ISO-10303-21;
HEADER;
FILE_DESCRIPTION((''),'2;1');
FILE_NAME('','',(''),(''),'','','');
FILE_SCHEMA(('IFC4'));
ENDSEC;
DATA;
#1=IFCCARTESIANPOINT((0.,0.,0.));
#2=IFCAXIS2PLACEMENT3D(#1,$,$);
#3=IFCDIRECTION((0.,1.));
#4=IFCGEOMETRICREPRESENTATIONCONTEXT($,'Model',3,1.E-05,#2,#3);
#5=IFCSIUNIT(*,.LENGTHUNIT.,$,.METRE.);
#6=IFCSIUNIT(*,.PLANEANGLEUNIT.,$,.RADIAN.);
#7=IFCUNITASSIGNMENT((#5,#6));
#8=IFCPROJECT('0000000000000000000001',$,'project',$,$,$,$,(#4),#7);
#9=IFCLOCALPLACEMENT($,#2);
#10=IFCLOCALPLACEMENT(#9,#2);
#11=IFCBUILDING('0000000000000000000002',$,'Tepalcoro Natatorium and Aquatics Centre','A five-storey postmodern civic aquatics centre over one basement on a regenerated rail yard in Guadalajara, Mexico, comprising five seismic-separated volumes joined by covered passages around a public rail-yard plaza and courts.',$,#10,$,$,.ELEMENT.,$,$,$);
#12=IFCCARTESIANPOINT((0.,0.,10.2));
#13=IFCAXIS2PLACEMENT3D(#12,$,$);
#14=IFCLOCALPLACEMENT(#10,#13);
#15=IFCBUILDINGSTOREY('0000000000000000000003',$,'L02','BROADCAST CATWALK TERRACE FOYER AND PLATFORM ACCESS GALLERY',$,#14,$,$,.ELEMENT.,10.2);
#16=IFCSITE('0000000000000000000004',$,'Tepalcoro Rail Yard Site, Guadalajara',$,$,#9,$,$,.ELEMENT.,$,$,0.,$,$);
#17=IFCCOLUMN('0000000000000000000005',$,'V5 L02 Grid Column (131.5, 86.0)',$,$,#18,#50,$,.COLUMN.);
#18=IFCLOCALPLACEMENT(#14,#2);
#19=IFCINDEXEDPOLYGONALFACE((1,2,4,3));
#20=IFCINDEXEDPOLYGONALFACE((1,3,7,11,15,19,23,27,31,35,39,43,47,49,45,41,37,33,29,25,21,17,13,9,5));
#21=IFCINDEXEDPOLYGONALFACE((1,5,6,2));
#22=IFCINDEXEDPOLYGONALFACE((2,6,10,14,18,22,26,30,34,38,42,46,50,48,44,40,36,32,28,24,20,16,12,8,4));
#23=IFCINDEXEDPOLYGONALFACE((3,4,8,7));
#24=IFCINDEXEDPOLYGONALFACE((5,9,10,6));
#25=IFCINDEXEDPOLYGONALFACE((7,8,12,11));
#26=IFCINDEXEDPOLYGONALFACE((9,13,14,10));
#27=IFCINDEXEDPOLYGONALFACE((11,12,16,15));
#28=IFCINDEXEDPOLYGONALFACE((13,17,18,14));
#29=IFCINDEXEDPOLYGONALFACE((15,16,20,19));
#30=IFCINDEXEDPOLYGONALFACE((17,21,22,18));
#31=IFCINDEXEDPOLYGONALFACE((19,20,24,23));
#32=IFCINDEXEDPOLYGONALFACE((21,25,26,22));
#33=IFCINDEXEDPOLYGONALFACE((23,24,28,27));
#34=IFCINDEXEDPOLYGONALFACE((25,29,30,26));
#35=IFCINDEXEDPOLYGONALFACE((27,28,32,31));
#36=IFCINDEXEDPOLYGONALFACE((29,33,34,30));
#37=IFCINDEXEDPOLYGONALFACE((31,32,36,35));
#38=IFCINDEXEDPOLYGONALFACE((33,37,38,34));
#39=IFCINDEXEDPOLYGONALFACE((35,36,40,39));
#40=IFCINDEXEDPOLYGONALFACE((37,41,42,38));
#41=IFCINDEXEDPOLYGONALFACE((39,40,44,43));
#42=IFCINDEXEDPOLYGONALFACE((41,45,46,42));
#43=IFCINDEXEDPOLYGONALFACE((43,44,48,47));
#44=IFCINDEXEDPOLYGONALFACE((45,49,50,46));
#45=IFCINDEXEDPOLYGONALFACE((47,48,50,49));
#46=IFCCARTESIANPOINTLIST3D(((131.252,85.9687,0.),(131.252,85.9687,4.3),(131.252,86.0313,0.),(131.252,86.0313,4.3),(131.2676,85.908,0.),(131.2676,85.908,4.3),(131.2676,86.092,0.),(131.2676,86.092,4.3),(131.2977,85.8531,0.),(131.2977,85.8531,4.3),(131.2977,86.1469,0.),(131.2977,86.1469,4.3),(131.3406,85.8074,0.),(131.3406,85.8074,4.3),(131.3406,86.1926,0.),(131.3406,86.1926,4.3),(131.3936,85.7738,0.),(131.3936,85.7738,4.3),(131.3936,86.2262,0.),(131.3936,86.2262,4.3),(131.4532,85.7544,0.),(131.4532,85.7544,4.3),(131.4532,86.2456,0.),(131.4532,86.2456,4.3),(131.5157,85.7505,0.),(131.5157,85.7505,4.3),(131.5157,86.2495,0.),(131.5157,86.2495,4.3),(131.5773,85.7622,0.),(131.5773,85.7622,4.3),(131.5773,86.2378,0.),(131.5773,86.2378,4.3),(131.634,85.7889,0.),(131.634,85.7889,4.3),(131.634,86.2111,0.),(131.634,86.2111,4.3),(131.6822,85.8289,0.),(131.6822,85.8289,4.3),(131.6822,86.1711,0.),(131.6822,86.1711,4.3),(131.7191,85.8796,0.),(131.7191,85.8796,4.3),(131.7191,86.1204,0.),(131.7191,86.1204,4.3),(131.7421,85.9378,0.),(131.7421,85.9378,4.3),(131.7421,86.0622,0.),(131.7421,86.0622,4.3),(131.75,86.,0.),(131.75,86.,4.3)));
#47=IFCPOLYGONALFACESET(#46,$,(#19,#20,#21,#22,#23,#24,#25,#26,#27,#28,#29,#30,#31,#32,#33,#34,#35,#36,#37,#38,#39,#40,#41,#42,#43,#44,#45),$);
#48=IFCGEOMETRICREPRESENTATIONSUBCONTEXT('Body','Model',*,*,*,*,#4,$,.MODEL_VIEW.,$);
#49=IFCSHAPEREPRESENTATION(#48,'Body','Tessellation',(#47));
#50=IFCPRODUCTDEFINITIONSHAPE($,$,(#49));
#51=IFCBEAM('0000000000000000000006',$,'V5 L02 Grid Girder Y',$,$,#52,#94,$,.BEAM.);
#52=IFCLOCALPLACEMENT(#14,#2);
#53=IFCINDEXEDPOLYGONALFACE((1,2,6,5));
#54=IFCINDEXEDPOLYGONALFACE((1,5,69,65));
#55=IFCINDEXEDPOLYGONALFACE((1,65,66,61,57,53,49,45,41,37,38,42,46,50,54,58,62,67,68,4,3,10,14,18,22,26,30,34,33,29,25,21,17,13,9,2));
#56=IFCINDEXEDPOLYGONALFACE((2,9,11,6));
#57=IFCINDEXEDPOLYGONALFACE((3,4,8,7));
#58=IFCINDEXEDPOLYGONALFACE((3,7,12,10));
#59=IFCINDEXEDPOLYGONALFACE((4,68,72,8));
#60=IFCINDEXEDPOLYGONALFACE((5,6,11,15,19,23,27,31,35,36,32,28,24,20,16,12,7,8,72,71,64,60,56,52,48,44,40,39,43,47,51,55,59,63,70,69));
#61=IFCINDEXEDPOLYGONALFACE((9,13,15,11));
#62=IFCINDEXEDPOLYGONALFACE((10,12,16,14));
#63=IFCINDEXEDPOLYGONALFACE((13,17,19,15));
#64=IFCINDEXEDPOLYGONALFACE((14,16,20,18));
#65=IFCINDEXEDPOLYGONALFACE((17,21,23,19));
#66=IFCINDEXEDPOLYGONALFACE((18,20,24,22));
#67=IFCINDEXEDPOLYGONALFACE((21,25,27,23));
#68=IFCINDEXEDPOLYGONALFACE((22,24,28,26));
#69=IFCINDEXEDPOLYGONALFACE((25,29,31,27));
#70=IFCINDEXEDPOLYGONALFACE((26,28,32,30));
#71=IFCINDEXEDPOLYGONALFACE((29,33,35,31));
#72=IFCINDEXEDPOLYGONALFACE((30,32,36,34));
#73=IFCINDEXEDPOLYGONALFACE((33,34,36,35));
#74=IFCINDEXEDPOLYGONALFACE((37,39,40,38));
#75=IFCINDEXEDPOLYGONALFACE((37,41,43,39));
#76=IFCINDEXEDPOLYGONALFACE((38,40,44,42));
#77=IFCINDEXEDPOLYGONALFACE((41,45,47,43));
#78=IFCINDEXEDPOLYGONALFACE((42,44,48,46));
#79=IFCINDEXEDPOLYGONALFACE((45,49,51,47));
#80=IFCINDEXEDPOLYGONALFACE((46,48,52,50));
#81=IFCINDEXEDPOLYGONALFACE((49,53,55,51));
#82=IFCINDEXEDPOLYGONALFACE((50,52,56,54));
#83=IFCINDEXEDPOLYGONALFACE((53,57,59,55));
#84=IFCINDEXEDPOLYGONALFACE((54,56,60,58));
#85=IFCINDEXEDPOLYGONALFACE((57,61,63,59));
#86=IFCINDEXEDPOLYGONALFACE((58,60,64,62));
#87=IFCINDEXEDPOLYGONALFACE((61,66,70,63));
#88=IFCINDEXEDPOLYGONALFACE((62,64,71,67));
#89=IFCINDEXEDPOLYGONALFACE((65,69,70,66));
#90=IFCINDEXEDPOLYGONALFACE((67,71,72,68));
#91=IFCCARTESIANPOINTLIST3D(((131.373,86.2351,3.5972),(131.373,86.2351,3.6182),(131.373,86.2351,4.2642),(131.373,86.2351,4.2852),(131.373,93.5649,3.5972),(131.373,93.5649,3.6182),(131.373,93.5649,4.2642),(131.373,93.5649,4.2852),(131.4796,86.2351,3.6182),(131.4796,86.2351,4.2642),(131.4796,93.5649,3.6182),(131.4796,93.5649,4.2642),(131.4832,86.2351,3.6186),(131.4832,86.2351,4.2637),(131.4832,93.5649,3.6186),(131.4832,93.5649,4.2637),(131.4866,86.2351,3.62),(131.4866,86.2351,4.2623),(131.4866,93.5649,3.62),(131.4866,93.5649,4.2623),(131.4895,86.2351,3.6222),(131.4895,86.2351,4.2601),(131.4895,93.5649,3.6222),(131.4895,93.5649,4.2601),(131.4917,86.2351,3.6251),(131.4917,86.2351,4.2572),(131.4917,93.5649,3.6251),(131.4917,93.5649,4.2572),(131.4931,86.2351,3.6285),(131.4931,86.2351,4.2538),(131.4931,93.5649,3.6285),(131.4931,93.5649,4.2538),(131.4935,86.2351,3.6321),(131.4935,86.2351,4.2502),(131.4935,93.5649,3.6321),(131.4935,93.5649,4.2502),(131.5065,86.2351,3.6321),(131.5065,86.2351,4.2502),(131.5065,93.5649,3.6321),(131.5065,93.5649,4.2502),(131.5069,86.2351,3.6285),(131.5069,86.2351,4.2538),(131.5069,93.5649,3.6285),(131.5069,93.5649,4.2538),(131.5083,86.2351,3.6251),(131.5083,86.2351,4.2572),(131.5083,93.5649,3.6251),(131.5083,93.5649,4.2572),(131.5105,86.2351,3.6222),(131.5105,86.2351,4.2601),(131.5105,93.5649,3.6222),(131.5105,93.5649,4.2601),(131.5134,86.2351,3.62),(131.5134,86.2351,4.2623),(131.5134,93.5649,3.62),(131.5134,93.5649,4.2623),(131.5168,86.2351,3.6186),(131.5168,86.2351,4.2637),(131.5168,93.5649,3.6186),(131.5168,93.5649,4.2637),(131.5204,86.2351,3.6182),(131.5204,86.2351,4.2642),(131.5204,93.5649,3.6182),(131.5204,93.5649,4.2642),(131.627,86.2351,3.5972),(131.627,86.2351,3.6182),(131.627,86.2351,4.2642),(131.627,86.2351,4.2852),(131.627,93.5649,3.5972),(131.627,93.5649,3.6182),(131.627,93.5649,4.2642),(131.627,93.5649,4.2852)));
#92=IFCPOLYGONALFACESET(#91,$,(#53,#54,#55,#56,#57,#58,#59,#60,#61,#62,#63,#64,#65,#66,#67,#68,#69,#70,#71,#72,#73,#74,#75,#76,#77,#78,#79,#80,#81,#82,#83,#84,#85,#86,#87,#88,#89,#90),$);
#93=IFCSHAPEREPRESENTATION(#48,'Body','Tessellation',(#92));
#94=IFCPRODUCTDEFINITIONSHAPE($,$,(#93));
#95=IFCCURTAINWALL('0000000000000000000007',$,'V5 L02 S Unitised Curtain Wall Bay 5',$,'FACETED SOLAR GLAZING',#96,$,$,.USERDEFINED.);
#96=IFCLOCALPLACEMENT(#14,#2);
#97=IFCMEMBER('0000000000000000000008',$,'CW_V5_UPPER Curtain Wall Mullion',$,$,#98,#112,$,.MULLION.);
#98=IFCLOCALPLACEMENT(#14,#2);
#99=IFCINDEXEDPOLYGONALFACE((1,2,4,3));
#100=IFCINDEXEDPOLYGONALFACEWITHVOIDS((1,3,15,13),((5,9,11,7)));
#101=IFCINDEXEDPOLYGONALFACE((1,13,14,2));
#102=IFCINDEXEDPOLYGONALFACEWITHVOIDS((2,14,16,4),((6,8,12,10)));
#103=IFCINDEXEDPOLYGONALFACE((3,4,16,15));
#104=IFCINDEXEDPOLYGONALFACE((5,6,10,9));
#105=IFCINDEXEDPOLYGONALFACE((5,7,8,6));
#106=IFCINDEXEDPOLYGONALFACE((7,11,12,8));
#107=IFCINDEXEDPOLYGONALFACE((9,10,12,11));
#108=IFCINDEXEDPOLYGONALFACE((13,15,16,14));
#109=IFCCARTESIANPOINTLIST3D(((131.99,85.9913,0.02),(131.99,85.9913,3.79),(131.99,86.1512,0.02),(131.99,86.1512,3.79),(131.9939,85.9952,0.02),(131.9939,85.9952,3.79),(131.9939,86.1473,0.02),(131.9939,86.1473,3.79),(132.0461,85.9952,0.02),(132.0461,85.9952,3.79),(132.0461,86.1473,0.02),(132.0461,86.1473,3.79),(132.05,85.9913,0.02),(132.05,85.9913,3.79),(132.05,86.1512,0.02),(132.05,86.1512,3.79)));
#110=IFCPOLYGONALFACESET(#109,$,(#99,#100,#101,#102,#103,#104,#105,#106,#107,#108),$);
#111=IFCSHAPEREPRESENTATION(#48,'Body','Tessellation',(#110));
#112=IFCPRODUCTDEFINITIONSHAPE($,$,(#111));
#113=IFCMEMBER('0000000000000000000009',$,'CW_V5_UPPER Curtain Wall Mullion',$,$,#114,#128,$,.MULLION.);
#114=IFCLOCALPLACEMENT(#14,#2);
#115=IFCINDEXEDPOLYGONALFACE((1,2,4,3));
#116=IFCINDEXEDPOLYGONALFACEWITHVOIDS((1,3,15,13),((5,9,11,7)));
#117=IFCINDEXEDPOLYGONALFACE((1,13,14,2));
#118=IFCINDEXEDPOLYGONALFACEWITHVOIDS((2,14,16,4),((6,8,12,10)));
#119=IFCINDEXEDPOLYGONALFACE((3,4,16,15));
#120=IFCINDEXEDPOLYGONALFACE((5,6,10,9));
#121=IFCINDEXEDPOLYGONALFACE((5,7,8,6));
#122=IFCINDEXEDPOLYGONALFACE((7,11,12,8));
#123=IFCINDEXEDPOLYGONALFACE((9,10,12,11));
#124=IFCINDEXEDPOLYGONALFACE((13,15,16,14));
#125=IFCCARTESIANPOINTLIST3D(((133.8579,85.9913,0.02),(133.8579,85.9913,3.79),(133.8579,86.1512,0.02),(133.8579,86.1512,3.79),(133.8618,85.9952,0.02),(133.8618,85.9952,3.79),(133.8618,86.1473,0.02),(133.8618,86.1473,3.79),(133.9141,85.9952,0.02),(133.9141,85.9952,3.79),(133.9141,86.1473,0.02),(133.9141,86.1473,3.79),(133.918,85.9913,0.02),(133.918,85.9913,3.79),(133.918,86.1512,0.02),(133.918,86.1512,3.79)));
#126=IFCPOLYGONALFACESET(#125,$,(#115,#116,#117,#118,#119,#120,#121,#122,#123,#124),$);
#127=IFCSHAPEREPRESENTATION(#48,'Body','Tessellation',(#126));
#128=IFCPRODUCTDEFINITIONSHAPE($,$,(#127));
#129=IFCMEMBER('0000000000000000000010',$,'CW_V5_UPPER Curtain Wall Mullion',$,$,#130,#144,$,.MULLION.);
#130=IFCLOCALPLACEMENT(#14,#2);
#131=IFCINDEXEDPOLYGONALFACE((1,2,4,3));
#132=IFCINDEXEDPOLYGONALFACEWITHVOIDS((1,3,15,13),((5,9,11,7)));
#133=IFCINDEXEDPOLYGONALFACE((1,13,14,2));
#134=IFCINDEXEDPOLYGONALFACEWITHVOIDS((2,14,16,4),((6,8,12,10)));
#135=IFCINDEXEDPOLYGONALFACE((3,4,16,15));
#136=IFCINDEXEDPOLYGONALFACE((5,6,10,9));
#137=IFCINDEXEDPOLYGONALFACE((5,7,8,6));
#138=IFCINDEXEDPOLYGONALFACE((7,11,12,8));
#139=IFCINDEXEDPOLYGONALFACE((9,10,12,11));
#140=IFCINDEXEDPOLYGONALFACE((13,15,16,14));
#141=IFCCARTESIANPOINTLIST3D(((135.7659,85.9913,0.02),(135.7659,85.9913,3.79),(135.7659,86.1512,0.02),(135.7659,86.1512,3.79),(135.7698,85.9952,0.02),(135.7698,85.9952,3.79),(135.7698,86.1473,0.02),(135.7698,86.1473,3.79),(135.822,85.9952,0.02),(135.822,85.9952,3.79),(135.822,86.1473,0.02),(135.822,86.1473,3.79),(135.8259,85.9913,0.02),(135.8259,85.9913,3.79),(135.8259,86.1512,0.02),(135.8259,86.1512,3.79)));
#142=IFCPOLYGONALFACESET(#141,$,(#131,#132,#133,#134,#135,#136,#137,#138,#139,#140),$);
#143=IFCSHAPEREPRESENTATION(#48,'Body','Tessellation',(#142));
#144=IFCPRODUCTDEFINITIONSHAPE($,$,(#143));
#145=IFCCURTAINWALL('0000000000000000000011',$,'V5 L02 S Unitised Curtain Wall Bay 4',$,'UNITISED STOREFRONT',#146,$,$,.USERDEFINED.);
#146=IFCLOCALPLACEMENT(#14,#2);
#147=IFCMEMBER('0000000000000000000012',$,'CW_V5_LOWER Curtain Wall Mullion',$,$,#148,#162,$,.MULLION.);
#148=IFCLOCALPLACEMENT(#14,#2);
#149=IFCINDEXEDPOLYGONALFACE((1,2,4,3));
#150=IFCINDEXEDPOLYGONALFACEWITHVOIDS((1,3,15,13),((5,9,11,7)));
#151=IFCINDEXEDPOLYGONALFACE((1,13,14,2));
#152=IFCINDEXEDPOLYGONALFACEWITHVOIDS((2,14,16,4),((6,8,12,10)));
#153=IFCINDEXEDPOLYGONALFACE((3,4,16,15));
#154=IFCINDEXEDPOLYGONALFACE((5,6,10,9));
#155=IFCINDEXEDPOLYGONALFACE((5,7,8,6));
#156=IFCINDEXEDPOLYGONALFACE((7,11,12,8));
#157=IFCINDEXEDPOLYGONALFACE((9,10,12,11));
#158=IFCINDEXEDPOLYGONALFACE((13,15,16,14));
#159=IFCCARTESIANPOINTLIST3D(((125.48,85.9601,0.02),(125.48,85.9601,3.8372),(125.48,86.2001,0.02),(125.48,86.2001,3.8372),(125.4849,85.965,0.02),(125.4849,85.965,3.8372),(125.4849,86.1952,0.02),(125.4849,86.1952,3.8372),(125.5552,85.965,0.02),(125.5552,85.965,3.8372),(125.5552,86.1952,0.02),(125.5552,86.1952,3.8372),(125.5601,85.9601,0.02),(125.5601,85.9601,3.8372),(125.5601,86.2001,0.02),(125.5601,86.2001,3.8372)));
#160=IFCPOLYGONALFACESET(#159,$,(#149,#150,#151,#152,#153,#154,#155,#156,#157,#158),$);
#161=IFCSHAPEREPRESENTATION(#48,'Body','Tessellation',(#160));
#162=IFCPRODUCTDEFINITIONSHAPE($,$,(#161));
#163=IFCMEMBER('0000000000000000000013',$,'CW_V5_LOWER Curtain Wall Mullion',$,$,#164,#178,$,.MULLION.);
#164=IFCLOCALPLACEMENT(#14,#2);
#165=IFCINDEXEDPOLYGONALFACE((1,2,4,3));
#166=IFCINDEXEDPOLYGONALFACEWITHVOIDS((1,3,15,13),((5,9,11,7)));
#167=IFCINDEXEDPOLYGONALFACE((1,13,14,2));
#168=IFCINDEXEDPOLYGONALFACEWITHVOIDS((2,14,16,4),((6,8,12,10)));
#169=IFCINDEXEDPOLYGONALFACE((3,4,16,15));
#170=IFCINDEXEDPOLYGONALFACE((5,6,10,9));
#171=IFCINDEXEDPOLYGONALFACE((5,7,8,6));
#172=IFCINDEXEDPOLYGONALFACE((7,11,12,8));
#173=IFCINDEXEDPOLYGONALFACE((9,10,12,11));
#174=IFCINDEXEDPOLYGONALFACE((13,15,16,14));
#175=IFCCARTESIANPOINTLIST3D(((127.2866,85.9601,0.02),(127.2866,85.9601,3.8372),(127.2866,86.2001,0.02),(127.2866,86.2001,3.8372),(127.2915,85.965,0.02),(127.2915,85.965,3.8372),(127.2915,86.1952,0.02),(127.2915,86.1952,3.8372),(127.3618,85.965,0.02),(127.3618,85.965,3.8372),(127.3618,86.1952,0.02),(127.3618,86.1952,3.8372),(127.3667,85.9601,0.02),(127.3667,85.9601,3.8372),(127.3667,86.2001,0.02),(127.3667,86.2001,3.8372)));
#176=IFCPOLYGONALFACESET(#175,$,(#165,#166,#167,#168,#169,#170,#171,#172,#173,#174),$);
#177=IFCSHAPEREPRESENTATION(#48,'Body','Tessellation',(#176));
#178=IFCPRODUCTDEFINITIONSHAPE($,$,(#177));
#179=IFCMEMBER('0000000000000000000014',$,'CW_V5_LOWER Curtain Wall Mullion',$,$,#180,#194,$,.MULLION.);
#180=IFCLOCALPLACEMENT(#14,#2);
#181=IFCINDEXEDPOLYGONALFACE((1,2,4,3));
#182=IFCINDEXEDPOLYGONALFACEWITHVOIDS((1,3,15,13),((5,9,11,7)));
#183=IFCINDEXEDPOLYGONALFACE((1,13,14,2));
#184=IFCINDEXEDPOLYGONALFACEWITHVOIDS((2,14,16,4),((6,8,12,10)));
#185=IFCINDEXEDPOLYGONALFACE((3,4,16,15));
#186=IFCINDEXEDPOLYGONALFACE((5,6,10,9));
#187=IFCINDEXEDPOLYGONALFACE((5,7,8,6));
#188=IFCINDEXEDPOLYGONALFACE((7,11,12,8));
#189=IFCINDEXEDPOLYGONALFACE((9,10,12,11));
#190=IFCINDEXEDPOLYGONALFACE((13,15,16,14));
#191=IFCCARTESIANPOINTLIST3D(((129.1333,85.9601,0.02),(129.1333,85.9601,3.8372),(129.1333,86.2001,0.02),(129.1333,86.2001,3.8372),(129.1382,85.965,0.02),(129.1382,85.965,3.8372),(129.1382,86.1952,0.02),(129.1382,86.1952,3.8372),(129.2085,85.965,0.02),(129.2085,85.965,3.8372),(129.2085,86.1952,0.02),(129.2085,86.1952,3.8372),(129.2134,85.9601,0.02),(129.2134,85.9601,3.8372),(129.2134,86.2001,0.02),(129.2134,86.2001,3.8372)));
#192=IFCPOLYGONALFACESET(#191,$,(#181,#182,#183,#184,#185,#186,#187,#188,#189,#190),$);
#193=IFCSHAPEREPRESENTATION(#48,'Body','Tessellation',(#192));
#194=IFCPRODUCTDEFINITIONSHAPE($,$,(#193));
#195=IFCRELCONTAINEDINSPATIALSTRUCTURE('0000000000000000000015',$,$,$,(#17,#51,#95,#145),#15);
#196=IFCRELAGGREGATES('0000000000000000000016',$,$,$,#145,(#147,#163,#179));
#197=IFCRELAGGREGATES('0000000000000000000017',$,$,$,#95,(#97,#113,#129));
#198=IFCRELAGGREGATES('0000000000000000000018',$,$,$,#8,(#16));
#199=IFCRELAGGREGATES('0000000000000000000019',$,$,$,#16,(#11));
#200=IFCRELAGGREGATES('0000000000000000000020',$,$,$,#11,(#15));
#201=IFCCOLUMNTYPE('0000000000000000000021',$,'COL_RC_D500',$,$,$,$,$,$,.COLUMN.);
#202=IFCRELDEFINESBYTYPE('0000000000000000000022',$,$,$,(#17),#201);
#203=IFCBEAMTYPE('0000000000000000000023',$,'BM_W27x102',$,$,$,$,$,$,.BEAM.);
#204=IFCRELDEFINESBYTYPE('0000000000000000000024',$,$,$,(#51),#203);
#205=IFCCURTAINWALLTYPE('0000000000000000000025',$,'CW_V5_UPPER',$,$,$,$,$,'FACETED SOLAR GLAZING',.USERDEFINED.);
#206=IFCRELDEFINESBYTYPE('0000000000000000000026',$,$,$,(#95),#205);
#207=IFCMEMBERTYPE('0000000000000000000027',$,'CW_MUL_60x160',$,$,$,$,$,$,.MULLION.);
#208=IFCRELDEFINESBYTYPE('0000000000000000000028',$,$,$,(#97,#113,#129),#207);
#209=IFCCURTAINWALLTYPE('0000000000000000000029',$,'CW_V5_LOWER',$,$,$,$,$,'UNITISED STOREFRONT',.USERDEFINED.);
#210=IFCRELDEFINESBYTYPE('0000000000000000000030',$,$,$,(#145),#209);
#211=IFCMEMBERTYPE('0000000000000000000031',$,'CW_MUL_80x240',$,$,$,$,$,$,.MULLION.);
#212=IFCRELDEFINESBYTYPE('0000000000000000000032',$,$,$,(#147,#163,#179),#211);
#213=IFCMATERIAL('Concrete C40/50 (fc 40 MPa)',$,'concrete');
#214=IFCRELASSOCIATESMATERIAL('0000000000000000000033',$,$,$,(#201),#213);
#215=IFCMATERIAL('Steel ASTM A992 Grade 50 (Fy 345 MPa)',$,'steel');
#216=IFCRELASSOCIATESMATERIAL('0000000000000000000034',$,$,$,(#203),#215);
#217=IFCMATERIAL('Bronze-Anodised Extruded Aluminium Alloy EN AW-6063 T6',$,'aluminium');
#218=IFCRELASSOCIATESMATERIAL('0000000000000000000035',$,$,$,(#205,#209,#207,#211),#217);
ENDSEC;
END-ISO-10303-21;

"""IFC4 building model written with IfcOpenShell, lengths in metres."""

from ifc_helpers import new_model, si_unit, direction, frame, origin, origin_2d, place, context, subcontext, project, spatial, hollow_rectangle, circle, i_section, extrude, material, material_profile, profile_set, type_object, element, aggregate, save


model = new_model("IFC4")

# Units and contexts
model_context = context("Model", 3, precision=1e-05, world=origin(), true_north=direction((0.0, 1.0)))
body_context = subcontext(model_context, "Body", "Model", "MODEL_VIEW")
ifc_project = project(units=[si_unit("LENGTHUNIT", "METRE"), si_unit("PLANEANGLEUNIT", "RADIAN")], contexts=[model_context])

# Site, building, storey
site_placement = place(None, origin())
site = spatial("IfcSite", under=ifc_project, at=site_placement, Name="Tepalcoro Rail Yard Site, Guadalajara", CompositionType="ELEMENT", RefElevation=0.0)
building_placement = place(site_placement, origin())
building = spatial("IfcBuilding", under=site, at=building_placement, Name="Tepalcoro Natatorium and Aquatics Centre", Description="A five-storey postmodern civic aquatics centre over one basement on a regenerated rail yard in Guadalajara, Mexico, comprising five seismic-separated volumes joined by covered passages around a public rail-yard plaza and courts.", CompositionType="ELEMENT")
storey_placement = place(building_placement, frame((0.0, 0.0, 10.2)))
storey = spatial("IfcBuildingStorey", under=building, at=storey_placement, Name="L02", Description="BROADCAST CATWALK TERRACE FOYER AND PLATFORM ACCESS GALLERY", CompositionType="ELEMENT", Elevation=10.2)

# Column
ifc_material_1 = material(Name="Concrete C40/50 (fc 40 MPa)", Category="concrete")
ifc_material_profile_1 = material_profile(ifc_material_1, circle(Radius=0.25, at=origin_2d()), Name="RCD500")
ifc_profile_set_1 = profile_set([ifc_material_profile_1], Name="Concrete C40/50 (fc 40 MPa)")
column_type = type_object("IfcColumnType", Name="COL_RC_D500", PredefinedType="COLUMN", material=ifc_profile_set_1)
column_placement = place(storey_placement, frame((131.5, 86.0, 0.0), z_axis=(0.0, 0.0, 1.0), x_axis=(1.0, 0.0, 0.0)))
element("IfcColumn", 1, at=column_placement, inside=storey, type_object=column_type, Name="V5 L02 Grid Column (131.5, 86.0)", PredefinedType="COLUMN", context=body_context, shape_type="SweptSolid", body=[
    extrude(circle(Radius=0.25, at=origin_2d()), origin(), (0.0, 0.0, 1.0), 4.3),
])

# Beam
ifc_material_2 = material(Name="Steel ASTM A992 Grade 50 (Fy 345 MPa)", Category="steel")
ifc_material_profile_2 = material_profile(ifc_material_2, i_section(OverallWidth=0.2539, OverallDepth=0.688, WebThickness=0.0129, FlangeThickness=0.021, FilletRadius=0.0139, at=origin_2d()), Name="W27X102")
ifc_profile_set_2 = profile_set([ifc_material_profile_2], Name="Steel ASTM A992 Grade 50 (Fy 345 MPa)")
beam_type_1 = type_object("IfcBeamType", Name="BM_W27x102", PredefinedType="BEAM", material=ifc_profile_set_2)
beam_1_placement = place(storey_placement, frame((131.5, 86.2351, 3.9412), z_axis=(0.0, 1.0, 0.0), x_axis=(-1.0, 0.0, 0.0)))
element("IfcBeam", 2, at=beam_1_placement, inside=storey, type_object=beam_type_1, Name="V5 L02 Grid Girder Y", PredefinedType="BEAM", context=body_context, shape_type="SweptSolid", body=[
    extrude(i_section(OverallWidth=0.2539, OverallDepth=0.688, WebThickness=0.0129, FlangeThickness=0.021, FilletRadius=0.0139, at=origin_2d()), origin(), (0.0, 0.0, 1.0), 7.3298),
])

# Curtain walls, members
ifc_material_3 = material(Name="Bronze-Anodised Extruded Aluminium Alloy EN AW-6063 T6", Category="aluminium")
curtain_wall_type_1 = type_object("IfcCurtainWallType", Name="CW_V5_UPPER", ElementType="FACETED SOLAR GLAZING", PredefinedType="USERDEFINED", material=ifc_material_3)
curtain_wall_1_placement = place(storey_placement, origin())
curtain_wall_1 = element("IfcCurtainWall", 3, at=curtain_wall_1_placement, inside=storey, type_object=curtain_wall_type_1, Name="V5 L02 S Unitised Curtain Wall Bay 5", ObjectType="FACETED SOLAR GLAZING", PredefinedType="USERDEFINED")
ifc_material_profile_3 = material_profile(ifc_material_3, hollow_rectangle(XDim=0.0601, YDim=0.1599, WallThickness=0.0039, at=origin_2d()), Name="AL60X160X4")
ifc_profile_set_3 = profile_set([ifc_material_profile_3], Name="Bronze-Anodised Extruded Aluminium Alloy EN AW-6063 T6")
member_type_1 = type_object("IfcMemberType", Name="CW_MUL_60x160", PredefinedType="MULLION", material=ifc_profile_set_3)
member_1_placement = place(storey_placement, frame((132.02, 86.0713, 0.02), z_axis=(0.0, 0.0, 1.0), x_axis=(1.0, 0.0, 0.0)))
member_1 = element("IfcMember", 4, at=member_1_placement, type_object=member_type_1, Name="CW_V5_UPPER Curtain Wall Mullion", PredefinedType="MULLION", context=body_context, shape_type="SweptSolid", body=[
    extrude(hollow_rectangle(XDim=0.0601, YDim=0.1599, WallThickness=0.0039, at=origin_2d()), origin(), (0.0, 0.0, 1.0), 3.77),
])
member_2_placement = place(storey_placement, frame((133.8879, 86.0713, 0.02), z_axis=(0.0, 0.0, 1.0), x_axis=(1.0, 0.0, 0.0)))
member_2 = element("IfcMember", 5, at=member_2_placement, type_object=member_type_1, Name="CW_V5_UPPER Curtain Wall Mullion", PredefinedType="MULLION", context=body_context, shape_type="SweptSolid", body=[
    extrude(hollow_rectangle(XDim=0.0601, YDim=0.1599, WallThickness=0.0039, at=origin_2d()), origin(), (0.0, 0.0, 1.0), 3.77),
])
member_3_placement = place(storey_placement, frame((135.7959, 86.0713, 0.02), z_axis=(0.0, 0.0, 1.0), x_axis=(1.0, 0.0, 0.0)))
member_3 = element("IfcMember", 6, at=member_3_placement, type_object=member_type_1, Name="CW_V5_UPPER Curtain Wall Mullion", PredefinedType="MULLION", context=body_context, shape_type="SweptSolid", body=[
    extrude(hollow_rectangle(XDim=0.0601, YDim=0.1599, WallThickness=0.0039, at=origin_2d()), origin(), (0.0, 0.0, 1.0), 3.77),
])
curtain_wall_type_2 = type_object("IfcCurtainWallType", Name="CW_V5_LOWER", ElementType="UNITISED STOREFRONT", PredefinedType="USERDEFINED", material=ifc_material_3)
curtain_wall_2_placement = place(storey_placement, origin())
curtain_wall_2 = element("IfcCurtainWall", 7, at=curtain_wall_2_placement, inside=storey, type_object=curtain_wall_type_2, Name="V5 L02 S Unitised Curtain Wall Bay 4", ObjectType="UNITISED STOREFRONT", PredefinedType="USERDEFINED")
ifc_material_profile_4 = material_profile(ifc_material_3, hollow_rectangle(XDim=0.0801, YDim=0.24, WallThickness=0.0049, at=origin_2d()), Name="AL80X240X5")
ifc_profile_set_4 = profile_set([ifc_material_profile_4], Name="Bronze-Anodised Extruded Aluminium Alloy EN AW-6063 T6")
member_type_2 = type_object("IfcMemberType", Name="CW_MUL_80x240", PredefinedType="MULLION", material=ifc_profile_set_4)
member_4_placement = place(storey_placement, frame((125.52, 86.0801, 0.02), z_axis=(0.0, 0.0, 1.0), x_axis=(1.0, 0.0, 0.0)))
member_4 = element("IfcMember", 8, at=member_4_placement, type_object=member_type_2, Name="CW_V5_LOWER Curtain Wall Mullion", PredefinedType="MULLION", context=body_context, shape_type="SweptSolid", body=[
    extrude(hollow_rectangle(XDim=0.0801, YDim=0.24, WallThickness=0.0049, at=origin_2d()), origin(), (0.0, 0.0, 1.0), 3.8171),
])
member_5_placement = place(storey_placement, frame((127.3267, 86.0801, 0.02), z_axis=(0.0, 0.0, 1.0), x_axis=(1.0, 0.0, 0.0)))
member_5 = element("IfcMember", 9, at=member_5_placement, type_object=member_type_2, Name="CW_V5_LOWER Curtain Wall Mullion", PredefinedType="MULLION", context=body_context, shape_type="SweptSolid", body=[
    extrude(hollow_rectangle(XDim=0.0801, YDim=0.24, WallThickness=0.0049, at=origin_2d()), origin(), (0.0, 0.0, 1.0), 3.8171),
])
member_6_placement = place(storey_placement, frame((129.1733, 86.0801, 0.02), z_axis=(0.0, 0.0, 1.0), x_axis=(1.0, 0.0, 0.0)))
member_6 = element("IfcMember", 10, at=member_6_placement, type_object=member_type_2, Name="CW_V5_LOWER Curtain Wall Mullion", PredefinedType="MULLION", context=body_context, shape_type="SweptSolid", body=[
    extrude(hollow_rectangle(XDim=0.0801, YDim=0.24, WallThickness=0.0049, at=origin_2d()), origin(), (0.0, 0.0, 1.0), 3.8171),
])

aggregate(curtain_wall_2, [member_4, member_5, member_6])
aggregate(curtain_wall_1, [member_1, member_2, member_3])

save(model, "model.ifc")
